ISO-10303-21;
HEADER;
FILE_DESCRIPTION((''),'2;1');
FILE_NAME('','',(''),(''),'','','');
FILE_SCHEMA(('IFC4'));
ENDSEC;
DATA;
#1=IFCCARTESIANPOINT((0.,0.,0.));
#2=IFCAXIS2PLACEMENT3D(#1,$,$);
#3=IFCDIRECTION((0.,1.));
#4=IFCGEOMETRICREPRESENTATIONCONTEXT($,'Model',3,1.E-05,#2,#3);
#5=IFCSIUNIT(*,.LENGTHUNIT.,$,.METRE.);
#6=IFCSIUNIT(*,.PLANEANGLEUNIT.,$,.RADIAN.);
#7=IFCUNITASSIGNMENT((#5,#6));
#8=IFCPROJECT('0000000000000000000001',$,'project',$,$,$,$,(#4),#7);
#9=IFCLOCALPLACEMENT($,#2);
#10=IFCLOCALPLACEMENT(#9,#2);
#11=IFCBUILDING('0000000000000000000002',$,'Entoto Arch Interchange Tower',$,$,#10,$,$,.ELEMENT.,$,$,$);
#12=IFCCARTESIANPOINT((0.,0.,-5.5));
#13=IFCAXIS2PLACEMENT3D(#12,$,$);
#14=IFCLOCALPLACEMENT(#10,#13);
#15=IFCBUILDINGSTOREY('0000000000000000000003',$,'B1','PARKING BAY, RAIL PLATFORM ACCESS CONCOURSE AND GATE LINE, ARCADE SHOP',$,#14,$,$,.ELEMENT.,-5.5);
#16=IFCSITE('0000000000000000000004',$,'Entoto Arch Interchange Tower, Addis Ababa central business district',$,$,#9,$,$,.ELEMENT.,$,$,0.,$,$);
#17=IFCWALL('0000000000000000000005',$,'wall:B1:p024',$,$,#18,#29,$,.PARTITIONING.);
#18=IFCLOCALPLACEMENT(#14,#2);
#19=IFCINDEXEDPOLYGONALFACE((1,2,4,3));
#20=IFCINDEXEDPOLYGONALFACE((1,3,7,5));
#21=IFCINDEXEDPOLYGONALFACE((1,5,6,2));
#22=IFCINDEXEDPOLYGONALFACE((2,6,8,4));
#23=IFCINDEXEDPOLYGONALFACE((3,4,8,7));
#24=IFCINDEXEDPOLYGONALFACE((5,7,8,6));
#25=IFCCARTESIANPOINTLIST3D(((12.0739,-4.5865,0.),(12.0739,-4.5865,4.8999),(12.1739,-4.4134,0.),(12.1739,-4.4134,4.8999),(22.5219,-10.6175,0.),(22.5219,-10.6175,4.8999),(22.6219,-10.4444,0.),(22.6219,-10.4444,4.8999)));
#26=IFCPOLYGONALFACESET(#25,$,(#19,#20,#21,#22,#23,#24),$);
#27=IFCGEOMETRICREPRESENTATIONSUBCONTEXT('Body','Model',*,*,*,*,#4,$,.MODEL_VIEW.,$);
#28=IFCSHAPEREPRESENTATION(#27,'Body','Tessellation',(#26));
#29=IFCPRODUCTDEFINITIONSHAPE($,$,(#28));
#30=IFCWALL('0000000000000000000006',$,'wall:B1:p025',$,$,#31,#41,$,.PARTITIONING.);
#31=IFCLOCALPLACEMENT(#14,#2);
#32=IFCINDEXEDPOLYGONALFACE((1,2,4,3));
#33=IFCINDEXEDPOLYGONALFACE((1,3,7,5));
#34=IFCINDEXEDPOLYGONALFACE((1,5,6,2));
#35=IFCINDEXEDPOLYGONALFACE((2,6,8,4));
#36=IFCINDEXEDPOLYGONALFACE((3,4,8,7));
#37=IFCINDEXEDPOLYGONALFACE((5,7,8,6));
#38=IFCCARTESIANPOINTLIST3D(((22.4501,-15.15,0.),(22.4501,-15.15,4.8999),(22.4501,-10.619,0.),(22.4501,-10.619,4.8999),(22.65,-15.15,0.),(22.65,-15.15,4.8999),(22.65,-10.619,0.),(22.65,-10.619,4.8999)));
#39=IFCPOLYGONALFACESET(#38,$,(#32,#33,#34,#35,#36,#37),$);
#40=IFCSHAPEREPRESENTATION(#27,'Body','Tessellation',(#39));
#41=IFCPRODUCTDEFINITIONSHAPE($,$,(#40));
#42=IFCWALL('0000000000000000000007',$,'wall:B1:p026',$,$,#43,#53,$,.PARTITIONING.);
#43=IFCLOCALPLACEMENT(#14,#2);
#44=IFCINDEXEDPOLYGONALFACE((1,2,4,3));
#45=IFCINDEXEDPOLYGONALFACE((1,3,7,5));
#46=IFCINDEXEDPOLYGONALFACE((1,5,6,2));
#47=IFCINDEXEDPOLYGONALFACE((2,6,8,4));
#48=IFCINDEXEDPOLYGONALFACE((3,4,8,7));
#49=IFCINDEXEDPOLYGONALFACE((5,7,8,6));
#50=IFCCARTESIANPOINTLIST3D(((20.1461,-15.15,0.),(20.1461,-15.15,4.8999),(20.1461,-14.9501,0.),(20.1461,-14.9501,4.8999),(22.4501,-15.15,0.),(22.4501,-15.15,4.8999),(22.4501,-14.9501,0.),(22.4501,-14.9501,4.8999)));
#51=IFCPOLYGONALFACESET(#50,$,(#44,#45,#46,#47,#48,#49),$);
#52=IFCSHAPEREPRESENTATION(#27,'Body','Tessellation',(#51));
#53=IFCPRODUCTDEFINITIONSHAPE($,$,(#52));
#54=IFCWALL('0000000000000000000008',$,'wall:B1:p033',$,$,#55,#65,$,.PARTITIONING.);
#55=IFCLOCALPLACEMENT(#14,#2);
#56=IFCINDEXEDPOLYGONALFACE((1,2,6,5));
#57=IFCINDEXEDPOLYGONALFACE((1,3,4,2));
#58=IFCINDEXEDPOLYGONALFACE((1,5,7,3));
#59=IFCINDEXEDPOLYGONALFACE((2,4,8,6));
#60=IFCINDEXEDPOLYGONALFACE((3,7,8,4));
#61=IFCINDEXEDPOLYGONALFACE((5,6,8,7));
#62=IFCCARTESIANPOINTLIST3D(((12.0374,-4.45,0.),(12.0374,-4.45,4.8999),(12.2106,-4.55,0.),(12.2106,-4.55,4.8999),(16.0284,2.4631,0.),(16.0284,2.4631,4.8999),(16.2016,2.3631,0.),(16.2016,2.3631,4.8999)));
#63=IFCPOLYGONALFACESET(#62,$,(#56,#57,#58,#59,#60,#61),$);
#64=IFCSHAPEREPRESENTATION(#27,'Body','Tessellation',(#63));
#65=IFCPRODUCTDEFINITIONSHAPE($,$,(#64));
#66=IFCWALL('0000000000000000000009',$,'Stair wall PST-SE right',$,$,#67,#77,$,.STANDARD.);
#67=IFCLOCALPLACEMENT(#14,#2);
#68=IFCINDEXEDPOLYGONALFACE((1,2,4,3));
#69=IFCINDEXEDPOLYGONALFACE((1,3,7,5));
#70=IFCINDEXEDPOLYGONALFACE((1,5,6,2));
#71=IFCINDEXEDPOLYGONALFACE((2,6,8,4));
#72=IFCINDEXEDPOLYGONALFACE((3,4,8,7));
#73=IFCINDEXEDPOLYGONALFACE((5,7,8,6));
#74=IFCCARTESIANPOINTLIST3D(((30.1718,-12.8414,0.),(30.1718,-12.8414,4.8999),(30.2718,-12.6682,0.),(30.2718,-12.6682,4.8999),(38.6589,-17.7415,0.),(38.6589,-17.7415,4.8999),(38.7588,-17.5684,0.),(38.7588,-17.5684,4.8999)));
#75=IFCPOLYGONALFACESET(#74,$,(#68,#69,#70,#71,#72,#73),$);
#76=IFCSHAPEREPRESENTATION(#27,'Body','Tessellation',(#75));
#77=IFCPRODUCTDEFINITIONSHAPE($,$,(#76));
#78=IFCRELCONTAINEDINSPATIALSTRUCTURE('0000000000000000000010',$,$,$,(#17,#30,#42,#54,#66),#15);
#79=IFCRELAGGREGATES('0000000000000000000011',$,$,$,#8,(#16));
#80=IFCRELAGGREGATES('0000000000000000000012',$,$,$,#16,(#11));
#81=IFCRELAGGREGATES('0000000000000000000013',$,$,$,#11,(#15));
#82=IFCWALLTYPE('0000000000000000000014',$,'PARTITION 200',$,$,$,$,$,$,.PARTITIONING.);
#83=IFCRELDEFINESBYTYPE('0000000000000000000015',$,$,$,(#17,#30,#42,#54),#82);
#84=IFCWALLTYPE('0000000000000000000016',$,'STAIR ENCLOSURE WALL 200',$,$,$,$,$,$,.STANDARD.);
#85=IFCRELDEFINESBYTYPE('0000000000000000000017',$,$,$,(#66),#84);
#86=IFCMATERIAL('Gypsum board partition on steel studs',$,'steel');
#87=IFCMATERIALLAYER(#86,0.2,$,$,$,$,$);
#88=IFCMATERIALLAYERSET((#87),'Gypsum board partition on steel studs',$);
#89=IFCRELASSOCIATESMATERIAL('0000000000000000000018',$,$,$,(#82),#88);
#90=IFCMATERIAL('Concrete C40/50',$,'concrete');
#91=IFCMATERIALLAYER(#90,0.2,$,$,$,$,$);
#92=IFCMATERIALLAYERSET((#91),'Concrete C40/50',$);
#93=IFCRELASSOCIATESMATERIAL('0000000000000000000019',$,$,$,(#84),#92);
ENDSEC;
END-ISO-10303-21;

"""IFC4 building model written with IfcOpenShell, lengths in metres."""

from ifc_helpers import new_model, si_unit, direction, frame, frame_2d, origin, place, context, subcontext, project, spatial, rectangle, extrude, material, layer, layer_set, type_object, element, save


model = new_model("IFC4")

# Units and contexts
model_context = context("Model", 3, precision=1e-05, world=origin(), true_north=direction((0.0, 1.0)))
body_context = subcontext(model_context, "Body", "Model", "MODEL_VIEW")
ifc_project = project(units=[si_unit("LENGTHUNIT", "METRE"), si_unit("PLANEANGLEUNIT", "RADIAN")], contexts=[model_context])

# Site, building, storey
site_placement = place(None, origin())
site = spatial("IfcSite", under=ifc_project, at=site_placement, Name="Entoto Arch Interchange Tower, Addis Ababa central business district", CompositionType="ELEMENT", RefElevation=0.0)
building_placement = place(site_placement, origin())
building = spatial("IfcBuilding", under=site, at=building_placement, Name="Entoto Arch Interchange Tower", CompositionType="ELEMENT")
storey_placement = place(building_placement, frame((0.0, 0.0, -5.5)))
storey = spatial("IfcBuildingStorey", under=building, at=storey_placement, Name="B1", Description="PARKING BAY, RAIL PLATFORM ACCESS CONCOURSE AND GATE LINE, ARCADE SHOP", CompositionType="ELEMENT", Elevation=-5.5)

# Shared definitions
ifc_material_1 = material(Name="Concrete C40/50", Category="concrete")
ifc_material_2 = material(Name="Gypsum board partition on steel studs", Category="steel")
ifc_layer_1 = layer(ifc_material_2, 0.2)
ifc_layer_set_1 = layer_set([ifc_layer_1], Name="Gypsum board partition on steel studs")
wall_type_1 = type_object("IfcWallType", Name="PARTITION 200", PredefinedType="PARTITIONING", material=ifc_layer_set_1)

# Walls
wall_1_placement = place(storey_placement, frame((12.124, -4.5, 0.0), z_axis=(0.0, 0.0, 1.0), x_axis=(0.866067, -0.499929, 0.0)))
element("IfcWall", 1, at=wall_1_placement, inside=storey, type_object=wall_type_1, Name="wall:B1:p024", PredefinedType="PARTITIONING", context=body_context, shape_type="SweptSolid", body=[
    extrude(rectangle(XDim=12.0637, YDim=0.2, at=frame_2d((6.0317, 0.0))), origin(), (0.0, 0.0, 1.0), 4.8999),
])
wall_2_placement = place(storey_placement, frame((22.55, -10.6189, 0.0), z_axis=(0.0, 0.0, 1.0), x_axis=(0.0, -1.0, 0.0)))
element("IfcWall", 2, at=wall_2_placement, inside=storey, type_object=wall_type_1, Name="wall:B1:p025", PredefinedType="PARTITIONING", context=body_context, shape_type="SweptSolid", body=[
    extrude(rectangle(XDim=4.531, YDim=0.2, at=frame_2d((2.2656, 0.0))), origin(), (0.0, 0.0, 1.0), 4.8999),
])
wall_3_placement = place(storey_placement, frame((22.45, -15.05, 0.0), z_axis=(0.0, 0.0, 1.0), x_axis=(-1.0, 0.0, 0.0)))
element("IfcWall", 3, at=wall_3_placement, inside=storey, type_object=wall_type_1, Name="wall:B1:p026", PredefinedType="PARTITIONING", context=body_context, shape_type="SweptSolid", body=[
    extrude(rectangle(XDim=2.304, YDim=0.2, at=frame_2d((1.1519, 0.0))), origin(), (0.0, 0.0, 1.0), 4.8999),
])
wall_4_placement = place(storey_placement, frame((16.115, 2.4131, 0.0), z_axis=(0.0, 0.0, 1.0), x_axis=(-0.499971, -0.866042, 0.0)))
element("IfcWall", 4, at=wall_4_placement, inside=storey, type_object=wall_type_1, Name="wall:B1:p033", PredefinedType="PARTITIONING", context=body_context, shape_type="SweptSolid", body=[
    extrude(rectangle(XDim=7.9824, YDim=0.2, at=frame_2d((3.9912, 0.0))), origin(), (0.0, 0.0, 1.0), 4.8999),
])
ifc_layer_2 = layer(ifc_material_1, 0.2)
ifc_layer_set_2 = layer_set([ifc_layer_2], Name="Concrete C40/50")
wall_type_2 = type_object("IfcWallType", Name="STAIR ENCLOSURE WALL 200", PredefinedType="STANDARD", material=ifc_layer_set_2)
wall_5_placement = place(storey_placement, frame((30.2219, -12.7549, 0.0), z_axis=(0.0, 0.0, 1.0), x_axis=(0.866019, -0.500011, 0.0)))
element("IfcWall", 5, at=wall_5_placement, inside=storey, type_object=wall_type_2, Name="Stair wall PST-SE right", PredefinedType="STANDARD", context=body_context, shape_type="SweptSolid", body=[
    extrude(rectangle(XDim=9.8, YDim=0.2, at=frame_2d((4.8999, 0.0))), origin(), (0.0, 0.0, 1.0), 4.8999),
])

save(model, "model.ifc")
